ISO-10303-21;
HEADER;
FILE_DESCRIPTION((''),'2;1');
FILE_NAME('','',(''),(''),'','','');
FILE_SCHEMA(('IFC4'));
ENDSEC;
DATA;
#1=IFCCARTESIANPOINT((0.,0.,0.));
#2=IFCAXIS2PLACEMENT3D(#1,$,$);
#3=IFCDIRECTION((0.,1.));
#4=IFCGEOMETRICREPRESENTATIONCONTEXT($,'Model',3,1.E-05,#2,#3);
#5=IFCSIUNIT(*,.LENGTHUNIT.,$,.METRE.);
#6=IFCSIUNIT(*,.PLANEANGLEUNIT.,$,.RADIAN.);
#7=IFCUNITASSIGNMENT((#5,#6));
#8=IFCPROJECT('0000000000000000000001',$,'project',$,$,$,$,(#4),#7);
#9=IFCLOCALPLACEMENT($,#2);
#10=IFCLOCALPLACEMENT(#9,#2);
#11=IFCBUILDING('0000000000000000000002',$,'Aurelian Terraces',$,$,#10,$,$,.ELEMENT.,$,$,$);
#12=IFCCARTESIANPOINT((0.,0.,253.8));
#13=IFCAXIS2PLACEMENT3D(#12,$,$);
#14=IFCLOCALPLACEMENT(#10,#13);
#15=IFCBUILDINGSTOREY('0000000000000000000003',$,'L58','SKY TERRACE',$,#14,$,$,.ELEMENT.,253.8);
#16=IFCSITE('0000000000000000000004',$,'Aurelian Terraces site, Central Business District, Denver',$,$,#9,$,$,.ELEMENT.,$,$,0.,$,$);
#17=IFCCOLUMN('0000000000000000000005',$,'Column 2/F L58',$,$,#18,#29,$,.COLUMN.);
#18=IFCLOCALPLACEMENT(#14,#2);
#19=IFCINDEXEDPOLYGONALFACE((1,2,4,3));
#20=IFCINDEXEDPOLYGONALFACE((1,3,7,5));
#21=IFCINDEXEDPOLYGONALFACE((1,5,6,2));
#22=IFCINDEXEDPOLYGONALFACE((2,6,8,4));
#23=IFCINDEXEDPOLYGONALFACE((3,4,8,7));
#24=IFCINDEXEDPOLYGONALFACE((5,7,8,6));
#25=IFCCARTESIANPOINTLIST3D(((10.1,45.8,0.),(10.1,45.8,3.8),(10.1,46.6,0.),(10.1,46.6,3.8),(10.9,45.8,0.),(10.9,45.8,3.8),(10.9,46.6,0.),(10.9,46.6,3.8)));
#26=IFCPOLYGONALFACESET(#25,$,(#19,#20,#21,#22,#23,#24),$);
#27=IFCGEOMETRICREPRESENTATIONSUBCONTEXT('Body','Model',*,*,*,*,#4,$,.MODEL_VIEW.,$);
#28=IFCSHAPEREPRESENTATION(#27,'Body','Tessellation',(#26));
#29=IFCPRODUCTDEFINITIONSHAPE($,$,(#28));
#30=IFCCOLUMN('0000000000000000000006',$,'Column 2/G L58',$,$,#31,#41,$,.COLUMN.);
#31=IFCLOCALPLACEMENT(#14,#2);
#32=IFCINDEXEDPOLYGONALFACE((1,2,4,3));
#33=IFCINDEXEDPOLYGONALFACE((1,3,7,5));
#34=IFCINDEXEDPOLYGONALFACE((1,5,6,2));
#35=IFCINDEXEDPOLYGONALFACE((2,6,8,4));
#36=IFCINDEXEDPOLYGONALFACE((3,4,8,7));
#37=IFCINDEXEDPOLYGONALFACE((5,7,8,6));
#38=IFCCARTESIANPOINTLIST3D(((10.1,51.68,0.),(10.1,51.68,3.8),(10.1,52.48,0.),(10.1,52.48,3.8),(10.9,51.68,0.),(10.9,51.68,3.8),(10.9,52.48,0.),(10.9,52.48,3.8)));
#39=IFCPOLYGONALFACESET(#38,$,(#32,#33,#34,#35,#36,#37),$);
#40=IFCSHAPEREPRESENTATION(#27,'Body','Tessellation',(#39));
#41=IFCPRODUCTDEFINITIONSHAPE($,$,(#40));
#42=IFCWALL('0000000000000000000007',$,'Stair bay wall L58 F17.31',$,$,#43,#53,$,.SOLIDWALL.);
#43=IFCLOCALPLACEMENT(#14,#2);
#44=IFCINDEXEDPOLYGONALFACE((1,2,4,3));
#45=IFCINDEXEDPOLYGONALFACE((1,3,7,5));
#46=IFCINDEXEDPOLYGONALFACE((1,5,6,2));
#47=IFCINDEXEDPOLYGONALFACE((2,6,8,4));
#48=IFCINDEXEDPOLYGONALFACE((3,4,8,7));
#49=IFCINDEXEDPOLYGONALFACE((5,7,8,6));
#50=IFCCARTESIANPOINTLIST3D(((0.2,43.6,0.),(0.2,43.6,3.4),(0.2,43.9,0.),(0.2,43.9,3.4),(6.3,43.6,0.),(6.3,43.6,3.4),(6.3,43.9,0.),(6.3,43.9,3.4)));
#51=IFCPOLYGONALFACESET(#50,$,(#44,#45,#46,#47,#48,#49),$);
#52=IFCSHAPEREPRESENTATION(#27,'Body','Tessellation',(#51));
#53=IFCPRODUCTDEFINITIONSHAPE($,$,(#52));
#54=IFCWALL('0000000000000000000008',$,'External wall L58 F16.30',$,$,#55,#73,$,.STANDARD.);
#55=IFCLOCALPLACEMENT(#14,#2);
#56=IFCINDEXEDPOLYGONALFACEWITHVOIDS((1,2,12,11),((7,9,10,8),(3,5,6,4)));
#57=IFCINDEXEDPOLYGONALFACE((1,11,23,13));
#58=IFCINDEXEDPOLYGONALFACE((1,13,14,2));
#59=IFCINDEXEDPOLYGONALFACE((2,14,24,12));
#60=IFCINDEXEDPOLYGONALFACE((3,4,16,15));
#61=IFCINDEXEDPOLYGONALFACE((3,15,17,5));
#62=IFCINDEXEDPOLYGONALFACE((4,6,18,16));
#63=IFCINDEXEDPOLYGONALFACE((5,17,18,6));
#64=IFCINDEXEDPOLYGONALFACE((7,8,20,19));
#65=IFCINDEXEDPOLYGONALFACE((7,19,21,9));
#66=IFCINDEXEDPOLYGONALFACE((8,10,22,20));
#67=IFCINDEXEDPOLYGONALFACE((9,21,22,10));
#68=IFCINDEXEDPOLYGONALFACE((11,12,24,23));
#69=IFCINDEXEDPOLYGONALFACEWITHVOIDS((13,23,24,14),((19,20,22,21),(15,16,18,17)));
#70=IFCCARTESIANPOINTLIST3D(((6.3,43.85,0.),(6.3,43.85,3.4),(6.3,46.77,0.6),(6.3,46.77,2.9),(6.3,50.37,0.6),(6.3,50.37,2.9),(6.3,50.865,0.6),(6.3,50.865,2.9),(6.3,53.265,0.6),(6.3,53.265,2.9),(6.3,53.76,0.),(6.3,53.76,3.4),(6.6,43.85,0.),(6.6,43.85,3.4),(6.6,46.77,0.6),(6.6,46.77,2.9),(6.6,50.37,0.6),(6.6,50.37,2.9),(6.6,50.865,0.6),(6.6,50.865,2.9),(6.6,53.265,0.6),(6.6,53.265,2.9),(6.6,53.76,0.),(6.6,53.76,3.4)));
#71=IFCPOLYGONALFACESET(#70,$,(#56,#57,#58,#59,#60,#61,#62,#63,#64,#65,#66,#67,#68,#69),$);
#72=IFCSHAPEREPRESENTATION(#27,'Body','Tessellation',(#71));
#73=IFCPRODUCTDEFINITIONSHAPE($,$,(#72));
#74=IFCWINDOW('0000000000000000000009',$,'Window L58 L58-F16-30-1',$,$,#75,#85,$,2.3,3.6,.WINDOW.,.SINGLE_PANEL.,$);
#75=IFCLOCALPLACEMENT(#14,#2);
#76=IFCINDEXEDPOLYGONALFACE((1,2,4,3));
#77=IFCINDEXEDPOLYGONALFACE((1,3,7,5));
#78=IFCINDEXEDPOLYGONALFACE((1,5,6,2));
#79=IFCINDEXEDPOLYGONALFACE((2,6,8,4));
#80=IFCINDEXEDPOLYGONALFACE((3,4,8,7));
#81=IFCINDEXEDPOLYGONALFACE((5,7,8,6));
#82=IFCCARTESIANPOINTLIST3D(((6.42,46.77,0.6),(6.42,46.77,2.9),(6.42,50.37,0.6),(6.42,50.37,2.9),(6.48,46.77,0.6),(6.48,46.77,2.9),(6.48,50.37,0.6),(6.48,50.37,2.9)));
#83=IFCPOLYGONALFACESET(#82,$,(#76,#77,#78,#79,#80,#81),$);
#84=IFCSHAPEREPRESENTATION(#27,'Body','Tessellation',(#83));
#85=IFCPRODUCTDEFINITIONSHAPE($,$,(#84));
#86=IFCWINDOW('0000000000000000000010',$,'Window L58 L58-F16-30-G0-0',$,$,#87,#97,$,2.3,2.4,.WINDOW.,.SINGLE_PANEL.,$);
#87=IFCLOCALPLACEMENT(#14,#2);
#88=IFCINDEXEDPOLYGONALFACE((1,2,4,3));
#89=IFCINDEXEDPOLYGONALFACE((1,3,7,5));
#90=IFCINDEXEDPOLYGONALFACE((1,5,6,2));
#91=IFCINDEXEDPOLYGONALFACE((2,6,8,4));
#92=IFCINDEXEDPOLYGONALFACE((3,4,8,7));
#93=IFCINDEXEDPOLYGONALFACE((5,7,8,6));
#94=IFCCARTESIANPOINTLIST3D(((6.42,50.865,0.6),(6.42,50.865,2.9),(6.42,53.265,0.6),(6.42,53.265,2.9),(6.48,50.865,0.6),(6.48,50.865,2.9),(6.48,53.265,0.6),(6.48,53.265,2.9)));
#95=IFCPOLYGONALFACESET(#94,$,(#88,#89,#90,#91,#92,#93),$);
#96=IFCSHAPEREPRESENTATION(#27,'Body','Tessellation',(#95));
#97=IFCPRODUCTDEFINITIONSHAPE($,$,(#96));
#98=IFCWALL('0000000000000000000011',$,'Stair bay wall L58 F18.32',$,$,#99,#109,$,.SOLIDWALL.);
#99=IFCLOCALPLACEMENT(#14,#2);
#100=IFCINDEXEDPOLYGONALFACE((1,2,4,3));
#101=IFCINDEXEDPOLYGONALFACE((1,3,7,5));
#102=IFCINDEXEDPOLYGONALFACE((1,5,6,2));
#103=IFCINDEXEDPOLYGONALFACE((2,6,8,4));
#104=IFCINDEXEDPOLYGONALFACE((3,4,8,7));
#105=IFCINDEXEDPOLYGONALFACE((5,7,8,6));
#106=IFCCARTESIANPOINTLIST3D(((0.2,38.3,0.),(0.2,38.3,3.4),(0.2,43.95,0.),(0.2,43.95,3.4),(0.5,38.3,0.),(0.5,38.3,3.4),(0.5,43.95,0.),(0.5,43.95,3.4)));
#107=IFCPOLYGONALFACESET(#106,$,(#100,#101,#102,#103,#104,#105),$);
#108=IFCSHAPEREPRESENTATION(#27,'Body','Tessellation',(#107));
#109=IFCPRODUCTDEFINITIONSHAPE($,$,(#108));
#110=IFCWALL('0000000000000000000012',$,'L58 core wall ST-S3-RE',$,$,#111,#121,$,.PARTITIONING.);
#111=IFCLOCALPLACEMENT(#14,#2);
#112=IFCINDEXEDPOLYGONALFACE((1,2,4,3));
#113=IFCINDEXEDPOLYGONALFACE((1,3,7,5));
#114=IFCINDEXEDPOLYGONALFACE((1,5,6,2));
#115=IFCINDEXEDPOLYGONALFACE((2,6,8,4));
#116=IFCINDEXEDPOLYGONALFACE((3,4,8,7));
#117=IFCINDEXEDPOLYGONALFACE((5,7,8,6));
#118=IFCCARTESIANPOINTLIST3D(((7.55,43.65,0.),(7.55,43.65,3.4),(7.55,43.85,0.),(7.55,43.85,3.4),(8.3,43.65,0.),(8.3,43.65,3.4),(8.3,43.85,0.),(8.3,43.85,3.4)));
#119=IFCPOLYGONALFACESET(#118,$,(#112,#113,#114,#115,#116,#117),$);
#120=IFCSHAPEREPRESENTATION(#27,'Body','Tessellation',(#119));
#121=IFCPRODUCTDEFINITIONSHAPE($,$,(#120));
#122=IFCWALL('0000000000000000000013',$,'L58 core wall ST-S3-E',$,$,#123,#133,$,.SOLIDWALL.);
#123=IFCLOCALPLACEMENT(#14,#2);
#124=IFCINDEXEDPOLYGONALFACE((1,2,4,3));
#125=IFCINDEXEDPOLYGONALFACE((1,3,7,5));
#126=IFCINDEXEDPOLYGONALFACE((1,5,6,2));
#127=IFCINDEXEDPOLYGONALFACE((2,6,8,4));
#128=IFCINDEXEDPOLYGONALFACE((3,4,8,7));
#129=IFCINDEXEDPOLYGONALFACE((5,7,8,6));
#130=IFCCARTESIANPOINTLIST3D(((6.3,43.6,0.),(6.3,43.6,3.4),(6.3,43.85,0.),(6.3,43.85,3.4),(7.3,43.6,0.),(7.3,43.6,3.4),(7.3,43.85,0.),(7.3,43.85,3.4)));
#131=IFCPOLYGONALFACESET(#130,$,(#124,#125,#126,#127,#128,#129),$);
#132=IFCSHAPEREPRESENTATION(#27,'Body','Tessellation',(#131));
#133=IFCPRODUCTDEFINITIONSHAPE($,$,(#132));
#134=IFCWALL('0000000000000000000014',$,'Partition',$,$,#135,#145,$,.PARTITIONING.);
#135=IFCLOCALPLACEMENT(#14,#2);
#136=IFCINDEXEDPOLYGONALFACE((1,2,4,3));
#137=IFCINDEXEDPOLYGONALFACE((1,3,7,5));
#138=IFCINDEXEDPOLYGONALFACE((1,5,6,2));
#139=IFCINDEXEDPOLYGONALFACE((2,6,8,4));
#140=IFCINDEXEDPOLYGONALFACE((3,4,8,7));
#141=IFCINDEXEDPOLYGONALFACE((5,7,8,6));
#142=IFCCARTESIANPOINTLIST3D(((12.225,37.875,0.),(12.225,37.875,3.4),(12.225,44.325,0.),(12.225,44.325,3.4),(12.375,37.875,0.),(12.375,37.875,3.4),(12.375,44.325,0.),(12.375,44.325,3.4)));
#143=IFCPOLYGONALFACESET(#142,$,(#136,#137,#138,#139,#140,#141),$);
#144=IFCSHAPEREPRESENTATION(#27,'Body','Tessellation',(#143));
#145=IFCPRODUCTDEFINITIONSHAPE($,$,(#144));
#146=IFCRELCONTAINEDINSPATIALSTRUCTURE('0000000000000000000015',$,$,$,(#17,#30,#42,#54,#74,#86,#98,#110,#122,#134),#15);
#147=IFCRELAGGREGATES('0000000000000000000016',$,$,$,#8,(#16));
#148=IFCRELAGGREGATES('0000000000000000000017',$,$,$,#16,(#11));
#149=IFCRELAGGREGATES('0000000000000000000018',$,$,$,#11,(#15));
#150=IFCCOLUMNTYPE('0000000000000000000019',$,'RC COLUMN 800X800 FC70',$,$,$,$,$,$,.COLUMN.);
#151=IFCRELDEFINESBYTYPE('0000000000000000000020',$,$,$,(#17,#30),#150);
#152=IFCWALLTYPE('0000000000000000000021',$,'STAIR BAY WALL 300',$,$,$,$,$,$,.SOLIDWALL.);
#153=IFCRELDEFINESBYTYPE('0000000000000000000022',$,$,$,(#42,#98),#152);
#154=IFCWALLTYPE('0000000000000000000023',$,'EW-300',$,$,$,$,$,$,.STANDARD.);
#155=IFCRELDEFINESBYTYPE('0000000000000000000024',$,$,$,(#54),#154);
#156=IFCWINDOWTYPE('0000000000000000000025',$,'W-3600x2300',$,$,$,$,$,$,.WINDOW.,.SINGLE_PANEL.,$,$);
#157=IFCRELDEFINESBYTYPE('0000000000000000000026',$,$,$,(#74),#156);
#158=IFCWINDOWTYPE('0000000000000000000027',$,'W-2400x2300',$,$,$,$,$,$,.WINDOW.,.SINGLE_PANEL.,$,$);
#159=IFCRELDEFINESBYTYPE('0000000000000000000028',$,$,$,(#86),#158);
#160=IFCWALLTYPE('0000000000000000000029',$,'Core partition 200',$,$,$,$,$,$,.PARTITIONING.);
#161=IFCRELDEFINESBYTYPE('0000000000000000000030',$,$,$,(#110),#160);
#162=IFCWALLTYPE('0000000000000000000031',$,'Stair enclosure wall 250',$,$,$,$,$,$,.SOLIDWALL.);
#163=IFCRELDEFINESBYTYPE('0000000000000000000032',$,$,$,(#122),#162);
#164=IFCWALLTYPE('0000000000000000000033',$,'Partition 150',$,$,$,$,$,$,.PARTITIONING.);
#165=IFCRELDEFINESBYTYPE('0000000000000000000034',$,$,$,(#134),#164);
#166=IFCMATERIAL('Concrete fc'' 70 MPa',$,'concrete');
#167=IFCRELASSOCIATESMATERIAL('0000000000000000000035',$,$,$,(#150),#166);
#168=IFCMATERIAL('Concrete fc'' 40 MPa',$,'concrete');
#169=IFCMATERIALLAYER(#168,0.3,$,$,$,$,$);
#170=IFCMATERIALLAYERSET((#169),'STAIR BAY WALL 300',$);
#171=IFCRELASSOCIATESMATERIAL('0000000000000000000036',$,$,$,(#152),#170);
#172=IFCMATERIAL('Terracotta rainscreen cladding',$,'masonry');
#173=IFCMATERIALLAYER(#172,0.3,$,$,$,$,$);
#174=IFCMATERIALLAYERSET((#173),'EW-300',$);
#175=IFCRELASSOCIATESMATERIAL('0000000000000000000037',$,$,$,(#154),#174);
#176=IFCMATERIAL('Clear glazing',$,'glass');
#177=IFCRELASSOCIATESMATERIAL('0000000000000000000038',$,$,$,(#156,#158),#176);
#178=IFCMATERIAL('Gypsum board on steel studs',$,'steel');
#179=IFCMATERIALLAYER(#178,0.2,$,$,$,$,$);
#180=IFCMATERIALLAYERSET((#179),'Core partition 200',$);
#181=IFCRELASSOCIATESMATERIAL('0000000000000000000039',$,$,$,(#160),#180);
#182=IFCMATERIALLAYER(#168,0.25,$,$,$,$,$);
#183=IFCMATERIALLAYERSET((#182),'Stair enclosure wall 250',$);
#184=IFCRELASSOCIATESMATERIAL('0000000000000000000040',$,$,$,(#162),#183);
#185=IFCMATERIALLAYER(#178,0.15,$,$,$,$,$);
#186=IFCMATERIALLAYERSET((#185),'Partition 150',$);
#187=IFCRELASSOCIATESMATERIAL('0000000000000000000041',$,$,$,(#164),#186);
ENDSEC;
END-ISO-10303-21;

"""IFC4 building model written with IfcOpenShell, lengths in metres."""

from ifc_helpers import new_model, si_unit, direction, frame, frame_2d, origin, origin_2d, place, context, subcontext, project, spatial, rectangle, extrude, source, transform, mapped, material, layer, layer_set, material_profile, profile_set, type_object, element, fill, save


model = new_model("IFC4")

# Units and contexts
model_context = context("Model", 3, precision=1e-05, world=origin(), true_north=direction((0.0, 1.0)))
body_context = subcontext(model_context, "Body", "Model", "MODEL_VIEW")
ifc_project = project(units=[si_unit("LENGTHUNIT", "METRE"), si_unit("PLANEANGLEUNIT", "RADIAN")], contexts=[model_context])

# Site, building, storey
site_placement = place(None, origin())
site = spatial("IfcSite", under=ifc_project, at=site_placement, Name="Aurelian Terraces site, Central Business District, Denver", CompositionType="ELEMENT", RefElevation=0.0)
building_placement = place(site_placement, origin())
building = spatial("IfcBuilding", under=site, at=building_placement, Name="Aurelian Terraces", CompositionType="ELEMENT")
storey_placement = place(building_placement, frame((0.0, 0.0, 253.8)))
storey = spatial("IfcBuildingStorey", under=building, at=storey_placement, Name="L58", Description="SKY TERRACE", CompositionType="ELEMENT", Elevation=253.8)

# Columns
ifc_material_1 = material(Name="Concrete fc' 70 MPa", Category="concrete")
ifc_material_profile = material_profile(ifc_material_1, rectangle(XDim=0.8, YDim=0.8, at=origin_2d()))
ifc_profile_set = profile_set([ifc_material_profile], Name="Concrete fc' 70 MPa")
column_type = type_object("IfcColumnType", Name="RC COLUMN 800X800 FC70", PredefinedType="COLUMN", material=ifc_profile_set)
shared_shape_1 = source(origin(), body_context, "Body", "SweptSolid", [
    extrude(rectangle(XDim=0.8, YDim=0.8, at=origin_2d()), origin(), (0.0, 0.0, 1.0), 3.8),
])
for number, where, z_axis, x_axis, name in (
    (1, (10.5, 46.2, 0.0), (0.0, 0.0, 1.0), (1.0, 0.0, 0.0), "Column 2/F L58"),
    (2, (10.5, 52.08, 0.0), (0.0, 0.0, 1.0), (1.0, 0.0, 0.0), "Column 2/G L58"),
):
    element("IfcColumn", number, at=place(storey_placement, frame(where, z_axis=z_axis, x_axis=x_axis)), inside=storey, type_object=column_type, Name=name, PredefinedType="COLUMN", context=body_context, shape_type="MappedRepresentation", body=[
        mapped(shared_shape_1, transform((0.0, 0.0, 0.0), scale=1.0)),
    ])

# Wall
ifc_material_2 = material(Name="Concrete fc' 40 MPa", Category="concrete")
ifc_layer_1 = layer(ifc_material_2, 0.3)
ifc_layer_set_1 = layer_set([ifc_layer_1], Name="STAIR BAY WALL 300")
wall_type_1 = type_object("IfcWallType", Name="STAIR BAY WALL 300", PredefinedType="SOLIDWALL", material=ifc_layer_set_1)
shared_shape_2 = source(origin(), body_context, "Body", "SweptSolid", [
    extrude(rectangle(XDim=6.1, YDim=0.3, at=frame_2d((3.05, 0.0))), origin(), (0.0, 0.0, 1.0), 3.4),
])
wall_1_placement = place(storey_placement, frame((6.3, 43.75, 0.0), z_axis=(0.0, 0.0, 1.0), x_axis=(-1.0, 0.0, 0.0)))
element("IfcWall", 3, at=wall_1_placement, inside=storey, type_object=wall_type_1, Name="Stair bay wall L58 F17.31", PredefinedType="SOLIDWALL", context=body_context, shape_type="MappedRepresentation", body=[
    mapped(shared_shape_2, transform((0.0, 0.0, 0.0), scale=1.0)),
])

# Wall, openings, windows
ifc_material_3 = material(Name="Terracotta rainscreen cladding", Category="masonry")
ifc_layer_2 = layer(ifc_material_3, 0.3)
ifc_layer_set_2 = layer_set([ifc_layer_2], Name="EW-300")
wall_type_2 = type_object("IfcWallType", Name="EW-300", PredefinedType="STANDARD", material=ifc_layer_set_2)
shared_shape_3 = source(origin(), body_context, "Body", "SweptSolid", [
    extrude(rectangle(XDim=9.91, YDim=0.3, at=frame_2d((4.955, 0.0))), origin(), (0.0, 0.0, 1.0), 3.4),
])
wall_2_placement = place(storey_placement, frame((6.45, 53.76, 0.0), z_axis=(0.0, 0.0, 1.0), x_axis=(0.0, -1.0, 0.0)))
wall_2 = element("IfcWall", 4, at=wall_2_placement, inside=storey, type_object=wall_type_2, Name="External wall L58 F16.30", PredefinedType="STANDARD", context=body_context, shape_type="MappedRepresentation", body=[
    mapped(shared_shape_3, transform((0.0, 0.0, 0.0), scale=1.0)),
])
shared_shape_4 = source(origin(), body_context, "Body", "SweptSolid", [
    extrude(rectangle(XDim=3.6, YDim=2.3, at=frame_2d((1.8, 1.15))), frame((0.0, 0.16, 0.0), z_axis=(0.0, -1.0, 0.0), x_axis=(1.0, 0.0, 0.0)), (0.0, 0.0, 1.0), 0.32),
])
opening_1_placement = place(wall_2_placement, frame((3.39, 0.0, 0.6)))
opening_1 = element("IfcOpeningElement", 5, at=opening_1_placement, cuts=wall_2, PredefinedType="OPENING", context=body_context, shape_type="MappedRepresentation", body=[
    mapped(shared_shape_4, transform((0.0, 0.0, 0.0), scale=1.0)),
])
shared_shape_5 = source(origin(), body_context, "Body", "SweptSolid", [
    extrude(rectangle(XDim=2.4, YDim=2.3, at=frame_2d((1.2, 1.15))), frame((0.0, 0.16, 0.0), z_axis=(0.0, -1.0, 0.0), x_axis=(1.0, 0.0, 0.0)), (0.0, 0.0, 1.0), 0.32),
])
opening_2_placement = place(wall_2_placement, frame((0.495, 0.0, 0.6)))
opening_2 = element("IfcOpeningElement", 6, at=opening_2_placement, cuts=wall_2, PredefinedType="OPENING", context=body_context, shape_type="MappedRepresentation", body=[
    mapped(shared_shape_5, transform((0.0, 0.0, 0.0), scale=1.0)),
])
ifc_material_4 = material(Name="Clear glazing", Category="glass")
window_type_1 = type_object("IfcWindowType", Name="W-3600x2300", PartitioningType="SINGLE_PANEL", PredefinedType="WINDOW", material=ifc_material_4)
shared_shape_6 = source(origin(), body_context, "Body", "SweptSolid", [
    extrude(rectangle(XDim=3.6, YDim=2.3, at=frame_2d((1.8, 1.15))), frame((0.0, 0.03, 0.0), z_axis=(0.0, -1.0, 0.0), x_axis=(1.0, 0.0, 0.0)), (0.0, 0.0, 1.0), 0.06),
])
window_1_placement = place(opening_1_placement, origin())
window_1 = element("IfcWindow", 7, at=window_1_placement, inside=storey, type_object=window_type_1, Name="Window L58 L58-F16-30-1", OverallHeight=2.3, OverallWidth=3.6, PartitioningType="SINGLE_PANEL", PredefinedType="WINDOW", context=body_context, shape_type="MappedRepresentation", body=[
    mapped(shared_shape_6, transform((0.0, 0.0, 0.0), scale=1.0)),
])
fill(opening_1, window_1)
window_type_2 = type_object("IfcWindowType", Name="W-2400x2300", PartitioningType="SINGLE_PANEL", PredefinedType="WINDOW", material=ifc_material_4)
shared_shape_7 = source(origin(), body_context, "Body", "SweptSolid", [
    extrude(rectangle(XDim=2.4, YDim=2.3, at=frame_2d((1.2, 1.15))), frame((0.0, 0.03, 0.0), z_axis=(0.0, -1.0, 0.0), x_axis=(1.0, 0.0, 0.0)), (0.0, 0.0, 1.0), 0.06),
])
window_2_placement = place(opening_2_placement, origin())
window_2 = element("IfcWindow", 8, at=window_2_placement, inside=storey, type_object=window_type_2, Name="Window L58 L58-F16-30-G0-0", OverallHeight=2.3, OverallWidth=2.4, PartitioningType="SINGLE_PANEL", PredefinedType="WINDOW", context=body_context, shape_type="MappedRepresentation", body=[
    mapped(shared_shape_7, transform((0.0, 0.0, 0.0), scale=1.0)),
])
fill(opening_2, window_2)

# Walls
shared_shape_8 = source(origin(), body_context, "Body", "SweptSolid", [
    extrude(rectangle(XDim=5.65, YDim=0.3, at=frame_2d((2.825, 0.0))), origin(), (0.0, 0.0, 1.0), 3.4),
])
wall_3_placement = place(storey_placement, frame((0.35, 43.95, 0.0), z_axis=(0.0, 0.0, 1.0), x_axis=(0.0, -1.0, 0.0)))
element("IfcWall", 9, at=wall_3_placement, inside=storey, type_object=wall_type_1, Name="Stair bay wall L58 F18.32", PredefinedType="SOLIDWALL", context=body_context, shape_type="MappedRepresentation", body=[
    mapped(shared_shape_8, transform((0.0, 0.0, 0.0), scale=1.0)),
])
ifc_material_5 = material(Name="Gypsum board on steel studs", Category="steel")
ifc_layer_3 = layer(ifc_material_5, 0.2)
ifc_layer_set_3 = layer_set([ifc_layer_3], Name="Core partition 200")
wall_type_3 = type_object("IfcWallType", Name="Core partition 200", PredefinedType="PARTITIONING", material=ifc_layer_set_3)
shared_shape_9 = source(origin(), body_context, "Body", "SweptSolid", [
    extrude(rectangle(XDim=0.75, YDim=0.2, at=frame_2d((0.375, 0.0))), origin(), (0.0, 0.0, 1.0), 3.4),
])
wall_4_placement = place(storey_placement, frame((7.55, 43.75, 0.0), z_axis=(0.0, 0.0, 1.0), x_axis=(1.0, 0.0, 0.0)))
element("IfcWall", 10, at=wall_4_placement, inside=storey, type_object=wall_type_3, Name="L58 core wall ST-S3-RE", PredefinedType="PARTITIONING", context=body_context, shape_type="MappedRepresentation", body=[
    mapped(shared_shape_9, transform((0.0, 0.0, 0.0), scale=1.0)),
])
ifc_layer_4 = layer(ifc_material_2, 0.25)
ifc_layer_set_4 = layer_set([ifc_layer_4], Name="Stair enclosure wall 250")
wall_type_4 = type_object("IfcWallType", Name="Stair enclosure wall 250", PredefinedType="SOLIDWALL", material=ifc_layer_set_4)
shared_shape_10 = source(origin(), body_context, "Body", "SweptSolid", [
    extrude(rectangle(XDim=1.0, YDim=0.25, at=frame_2d((0.5, 0.0))), origin(), (0.0, 0.0, 1.0), 3.4),
])
wall_5_placement = place(storey_placement, frame((6.3, 43.725, 0.0), z_axis=(0.0, 0.0, 1.0), x_axis=(1.0, 0.0, 0.0)))
element("IfcWall", 11, at=wall_5_placement, inside=storey, type_object=wall_type_4, Name="L58 core wall ST-S3-E", PredefinedType="SOLIDWALL", context=body_context, shape_type="MappedRepresentation", body=[
    mapped(shared_shape_10, transform((0.0, 0.0, 0.0), scale=1.0)),
])
ifc_layer_5 = layer(ifc_material_5, 0.15)
ifc_layer_set_5 = layer_set([ifc_layer_5], Name="Partition 150")
wall_type_5 = type_object("IfcWallType", Name="Partition 150", PredefinedType="PARTITIONING", material=ifc_layer_set_5)
shared_shape_11 = source(origin(), body_context, "Body", "SweptSolid", [
    extrude(rectangle(XDim=6.45, YDim=0.15, at=frame_2d((3.225, 0.0))), origin(), (0.0, 0.0, 1.0), 3.4),
])
wall_6_placement = place(storey_placement, frame((12.3, 44.325, 0.0), z_axis=(0.0, 0.0, 1.0), x_axis=(0.0, -1.0, 0.0)))
element("IfcWall", 12, at=wall_6_placement, inside=storey, type_object=wall_type_5, Name="Partition", PredefinedType="PARTITIONING", context=body_context, shape_type="MappedRepresentation", body=[
    mapped(shared_shape_11, transform((0.0, 0.0, 0.0), scale=1.0)),
])

save(model, "model.ifc")
